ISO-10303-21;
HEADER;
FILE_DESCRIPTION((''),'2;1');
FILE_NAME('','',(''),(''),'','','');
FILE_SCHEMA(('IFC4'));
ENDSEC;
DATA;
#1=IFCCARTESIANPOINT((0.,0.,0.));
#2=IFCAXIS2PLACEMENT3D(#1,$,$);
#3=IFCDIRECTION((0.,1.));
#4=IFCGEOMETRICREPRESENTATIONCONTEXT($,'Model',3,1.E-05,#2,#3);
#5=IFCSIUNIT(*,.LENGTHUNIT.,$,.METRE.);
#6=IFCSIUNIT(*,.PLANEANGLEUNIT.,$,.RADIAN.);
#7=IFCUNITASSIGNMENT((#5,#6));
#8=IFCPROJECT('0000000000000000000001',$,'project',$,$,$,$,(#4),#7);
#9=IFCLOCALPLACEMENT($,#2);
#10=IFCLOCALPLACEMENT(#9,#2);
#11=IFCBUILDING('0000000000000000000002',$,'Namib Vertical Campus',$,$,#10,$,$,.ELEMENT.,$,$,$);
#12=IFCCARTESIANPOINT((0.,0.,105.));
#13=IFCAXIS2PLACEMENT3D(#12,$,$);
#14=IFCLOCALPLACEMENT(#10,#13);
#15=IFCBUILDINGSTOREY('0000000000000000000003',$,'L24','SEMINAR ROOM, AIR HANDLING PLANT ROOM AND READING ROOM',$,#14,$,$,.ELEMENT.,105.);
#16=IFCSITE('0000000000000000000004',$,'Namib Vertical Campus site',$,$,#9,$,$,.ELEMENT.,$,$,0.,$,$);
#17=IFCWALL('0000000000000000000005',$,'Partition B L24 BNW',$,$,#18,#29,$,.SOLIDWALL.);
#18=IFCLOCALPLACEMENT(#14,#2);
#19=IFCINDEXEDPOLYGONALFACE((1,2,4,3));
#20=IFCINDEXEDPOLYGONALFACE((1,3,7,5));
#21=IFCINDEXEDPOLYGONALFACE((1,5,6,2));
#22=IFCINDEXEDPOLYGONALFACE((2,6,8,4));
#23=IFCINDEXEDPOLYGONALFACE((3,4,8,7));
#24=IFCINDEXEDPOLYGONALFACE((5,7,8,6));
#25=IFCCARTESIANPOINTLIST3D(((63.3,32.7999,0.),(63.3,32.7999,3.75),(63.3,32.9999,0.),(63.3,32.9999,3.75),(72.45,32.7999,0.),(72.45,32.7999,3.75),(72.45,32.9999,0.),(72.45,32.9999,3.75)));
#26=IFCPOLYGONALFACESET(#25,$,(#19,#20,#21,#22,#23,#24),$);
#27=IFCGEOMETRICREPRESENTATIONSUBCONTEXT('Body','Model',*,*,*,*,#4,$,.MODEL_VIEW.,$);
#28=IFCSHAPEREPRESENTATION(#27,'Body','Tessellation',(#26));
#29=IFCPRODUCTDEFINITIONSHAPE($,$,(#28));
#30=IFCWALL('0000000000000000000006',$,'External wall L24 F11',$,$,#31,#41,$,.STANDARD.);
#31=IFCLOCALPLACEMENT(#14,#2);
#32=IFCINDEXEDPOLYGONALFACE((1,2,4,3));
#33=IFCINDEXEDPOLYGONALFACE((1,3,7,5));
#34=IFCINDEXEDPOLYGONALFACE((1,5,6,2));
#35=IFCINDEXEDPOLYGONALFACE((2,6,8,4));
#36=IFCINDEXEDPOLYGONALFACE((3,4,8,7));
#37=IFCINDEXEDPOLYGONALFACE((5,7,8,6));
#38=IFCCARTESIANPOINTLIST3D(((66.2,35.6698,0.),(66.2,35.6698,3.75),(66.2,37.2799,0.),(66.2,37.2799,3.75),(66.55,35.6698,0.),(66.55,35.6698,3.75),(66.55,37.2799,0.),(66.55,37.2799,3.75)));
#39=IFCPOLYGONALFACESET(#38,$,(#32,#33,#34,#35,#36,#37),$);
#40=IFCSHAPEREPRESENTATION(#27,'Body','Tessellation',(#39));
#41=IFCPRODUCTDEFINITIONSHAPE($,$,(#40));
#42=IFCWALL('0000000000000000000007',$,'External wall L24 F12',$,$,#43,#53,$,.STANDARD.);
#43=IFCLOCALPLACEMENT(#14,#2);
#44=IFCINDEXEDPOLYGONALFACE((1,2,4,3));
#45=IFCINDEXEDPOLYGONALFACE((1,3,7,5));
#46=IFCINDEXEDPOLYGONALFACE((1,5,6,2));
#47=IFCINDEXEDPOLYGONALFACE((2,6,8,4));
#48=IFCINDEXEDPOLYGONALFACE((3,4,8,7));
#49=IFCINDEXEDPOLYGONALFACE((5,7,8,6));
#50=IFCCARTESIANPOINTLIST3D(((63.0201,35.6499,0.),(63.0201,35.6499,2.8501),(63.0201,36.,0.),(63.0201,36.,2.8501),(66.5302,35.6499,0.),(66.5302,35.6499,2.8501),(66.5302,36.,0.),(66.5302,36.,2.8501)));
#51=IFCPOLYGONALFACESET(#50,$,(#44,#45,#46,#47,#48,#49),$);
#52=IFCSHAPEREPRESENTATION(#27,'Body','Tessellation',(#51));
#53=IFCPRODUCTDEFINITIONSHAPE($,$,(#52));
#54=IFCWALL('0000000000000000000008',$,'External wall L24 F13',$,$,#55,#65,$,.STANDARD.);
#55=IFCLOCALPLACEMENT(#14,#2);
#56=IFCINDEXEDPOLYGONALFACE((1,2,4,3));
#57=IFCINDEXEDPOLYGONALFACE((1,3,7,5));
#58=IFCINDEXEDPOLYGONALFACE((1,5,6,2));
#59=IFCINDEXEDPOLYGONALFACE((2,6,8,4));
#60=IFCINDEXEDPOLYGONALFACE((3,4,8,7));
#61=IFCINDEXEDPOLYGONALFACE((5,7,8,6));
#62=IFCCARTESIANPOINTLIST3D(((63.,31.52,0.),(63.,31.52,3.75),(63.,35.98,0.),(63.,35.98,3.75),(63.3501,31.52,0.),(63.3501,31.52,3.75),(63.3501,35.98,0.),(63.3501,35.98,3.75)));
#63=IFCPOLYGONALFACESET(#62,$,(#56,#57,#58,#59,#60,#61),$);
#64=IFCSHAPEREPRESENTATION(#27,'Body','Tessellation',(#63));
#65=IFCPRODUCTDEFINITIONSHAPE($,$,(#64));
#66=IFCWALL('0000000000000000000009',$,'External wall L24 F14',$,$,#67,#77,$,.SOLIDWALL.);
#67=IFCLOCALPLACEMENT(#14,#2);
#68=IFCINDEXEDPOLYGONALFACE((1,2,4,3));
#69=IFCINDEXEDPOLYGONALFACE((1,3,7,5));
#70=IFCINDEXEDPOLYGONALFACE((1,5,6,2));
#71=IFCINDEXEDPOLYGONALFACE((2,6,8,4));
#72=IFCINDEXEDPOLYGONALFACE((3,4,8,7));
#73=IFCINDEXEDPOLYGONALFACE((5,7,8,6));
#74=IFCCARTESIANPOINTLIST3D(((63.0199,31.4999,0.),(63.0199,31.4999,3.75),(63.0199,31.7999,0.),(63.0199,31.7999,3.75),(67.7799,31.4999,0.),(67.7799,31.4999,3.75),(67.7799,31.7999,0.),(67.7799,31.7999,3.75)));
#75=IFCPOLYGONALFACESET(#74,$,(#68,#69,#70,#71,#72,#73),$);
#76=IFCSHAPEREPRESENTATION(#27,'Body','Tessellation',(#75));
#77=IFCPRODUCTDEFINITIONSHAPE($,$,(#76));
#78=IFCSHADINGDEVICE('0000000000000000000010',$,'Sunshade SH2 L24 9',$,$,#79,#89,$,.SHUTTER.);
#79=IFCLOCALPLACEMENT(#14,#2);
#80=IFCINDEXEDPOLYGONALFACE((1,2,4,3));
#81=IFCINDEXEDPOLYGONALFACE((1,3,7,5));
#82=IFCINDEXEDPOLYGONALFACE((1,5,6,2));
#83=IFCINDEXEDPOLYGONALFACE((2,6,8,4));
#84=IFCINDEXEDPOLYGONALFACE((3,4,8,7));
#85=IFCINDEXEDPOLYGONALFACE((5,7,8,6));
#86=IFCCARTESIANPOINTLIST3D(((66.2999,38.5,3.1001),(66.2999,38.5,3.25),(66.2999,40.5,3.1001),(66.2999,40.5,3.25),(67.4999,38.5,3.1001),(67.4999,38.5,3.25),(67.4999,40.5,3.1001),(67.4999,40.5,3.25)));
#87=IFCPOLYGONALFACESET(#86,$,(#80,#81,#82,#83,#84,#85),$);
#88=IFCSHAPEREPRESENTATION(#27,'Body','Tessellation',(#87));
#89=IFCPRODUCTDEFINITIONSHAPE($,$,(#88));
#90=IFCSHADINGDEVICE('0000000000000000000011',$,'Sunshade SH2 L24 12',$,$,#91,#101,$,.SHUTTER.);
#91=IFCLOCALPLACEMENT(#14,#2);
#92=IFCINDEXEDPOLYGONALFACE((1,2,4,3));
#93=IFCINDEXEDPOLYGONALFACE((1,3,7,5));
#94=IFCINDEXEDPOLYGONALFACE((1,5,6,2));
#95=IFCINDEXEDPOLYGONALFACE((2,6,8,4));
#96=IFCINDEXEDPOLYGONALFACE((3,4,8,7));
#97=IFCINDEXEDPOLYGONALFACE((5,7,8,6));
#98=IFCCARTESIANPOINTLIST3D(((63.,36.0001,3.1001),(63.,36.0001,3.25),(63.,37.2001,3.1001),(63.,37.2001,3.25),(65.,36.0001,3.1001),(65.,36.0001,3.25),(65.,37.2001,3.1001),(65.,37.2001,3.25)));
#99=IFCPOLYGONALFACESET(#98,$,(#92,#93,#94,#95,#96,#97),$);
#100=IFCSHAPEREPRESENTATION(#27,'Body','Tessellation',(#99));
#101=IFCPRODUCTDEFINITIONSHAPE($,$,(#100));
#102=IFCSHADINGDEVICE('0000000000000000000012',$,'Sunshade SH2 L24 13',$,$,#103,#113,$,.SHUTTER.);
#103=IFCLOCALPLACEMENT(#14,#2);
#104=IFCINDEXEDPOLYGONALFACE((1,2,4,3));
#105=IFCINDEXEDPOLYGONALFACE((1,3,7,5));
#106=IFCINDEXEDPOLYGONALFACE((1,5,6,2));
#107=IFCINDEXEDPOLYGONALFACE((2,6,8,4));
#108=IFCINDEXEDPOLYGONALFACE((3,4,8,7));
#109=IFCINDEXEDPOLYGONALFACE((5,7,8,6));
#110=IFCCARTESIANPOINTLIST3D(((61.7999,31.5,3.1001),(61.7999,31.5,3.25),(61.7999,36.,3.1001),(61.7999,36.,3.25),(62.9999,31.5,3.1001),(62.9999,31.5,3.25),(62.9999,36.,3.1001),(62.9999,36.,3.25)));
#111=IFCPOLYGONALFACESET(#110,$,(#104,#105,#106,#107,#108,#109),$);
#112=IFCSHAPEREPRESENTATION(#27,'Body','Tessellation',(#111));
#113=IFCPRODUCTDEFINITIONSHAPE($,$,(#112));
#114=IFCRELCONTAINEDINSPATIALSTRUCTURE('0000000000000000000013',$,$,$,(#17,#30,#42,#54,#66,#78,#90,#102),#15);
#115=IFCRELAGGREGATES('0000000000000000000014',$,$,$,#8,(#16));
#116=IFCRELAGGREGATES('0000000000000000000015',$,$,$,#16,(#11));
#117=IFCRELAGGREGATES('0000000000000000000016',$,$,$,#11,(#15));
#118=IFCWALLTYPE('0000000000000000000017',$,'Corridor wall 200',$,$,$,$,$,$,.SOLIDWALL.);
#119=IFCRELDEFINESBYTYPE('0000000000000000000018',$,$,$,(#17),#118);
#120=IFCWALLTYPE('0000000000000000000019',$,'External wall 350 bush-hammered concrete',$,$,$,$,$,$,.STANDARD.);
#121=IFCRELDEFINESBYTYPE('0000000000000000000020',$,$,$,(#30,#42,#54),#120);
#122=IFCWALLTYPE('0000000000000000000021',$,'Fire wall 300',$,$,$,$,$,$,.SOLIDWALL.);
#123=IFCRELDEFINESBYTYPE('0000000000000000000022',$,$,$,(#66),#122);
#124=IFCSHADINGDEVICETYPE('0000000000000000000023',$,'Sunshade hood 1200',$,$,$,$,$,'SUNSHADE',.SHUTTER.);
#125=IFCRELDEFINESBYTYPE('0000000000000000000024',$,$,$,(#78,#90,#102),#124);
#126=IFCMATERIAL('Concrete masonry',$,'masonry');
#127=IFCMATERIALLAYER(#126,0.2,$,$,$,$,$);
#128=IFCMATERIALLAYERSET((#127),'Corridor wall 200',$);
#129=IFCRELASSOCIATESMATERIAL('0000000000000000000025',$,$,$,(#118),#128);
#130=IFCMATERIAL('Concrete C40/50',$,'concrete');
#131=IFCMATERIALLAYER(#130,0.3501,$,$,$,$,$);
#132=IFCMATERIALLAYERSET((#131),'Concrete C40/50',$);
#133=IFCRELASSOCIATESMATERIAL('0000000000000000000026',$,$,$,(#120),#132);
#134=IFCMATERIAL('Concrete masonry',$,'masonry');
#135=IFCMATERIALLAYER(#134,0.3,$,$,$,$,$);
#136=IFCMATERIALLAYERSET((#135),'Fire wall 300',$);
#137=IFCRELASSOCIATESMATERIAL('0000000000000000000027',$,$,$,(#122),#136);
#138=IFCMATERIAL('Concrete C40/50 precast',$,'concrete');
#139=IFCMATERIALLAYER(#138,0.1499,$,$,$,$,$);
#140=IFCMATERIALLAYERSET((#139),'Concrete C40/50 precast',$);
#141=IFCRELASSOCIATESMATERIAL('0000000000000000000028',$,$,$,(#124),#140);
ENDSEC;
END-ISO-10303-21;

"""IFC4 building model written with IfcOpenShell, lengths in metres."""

from ifc_helpers import new_model, si_unit, direction, frame, frame_2d, origin, origin_2d, place, context, subcontext, project, spatial, rectangle, extrude, material, layer, layer_set, type_object, element, save


model = new_model("IFC4")

# Units and contexts
model_context = context("Model", 3, precision=1e-05, world=origin(), true_north=direction((0.0, 1.0)))
body_context = subcontext(model_context, "Body", "Model", "MODEL_VIEW")
ifc_project = project(units=[si_unit("LENGTHUNIT", "METRE"), si_unit("PLANEANGLEUNIT", "RADIAN")], contexts=[model_context])

# Site, building, storey
site_placement = place(None, origin())
site = spatial("IfcSite", under=ifc_project, at=site_placement, Name="Namib Vertical Campus site", CompositionType="ELEMENT", RefElevation=0.0)
building_placement = place(site_placement, origin())
building = spatial("IfcBuilding", under=site, at=building_placement, Name="Namib Vertical Campus", CompositionType="ELEMENT")
storey_placement = place(building_placement, frame((0.0, 0.0, 105.0)))
storey = spatial("IfcBuildingStorey", under=building, at=storey_placement, Name="L24", Description="SEMINAR ROOM, AIR HANDLING PLANT ROOM AND READING ROOM", CompositionType="ELEMENT", Elevation=105.0)

# Walls
ifc_material_1 = material(Name="Concrete masonry", Category="masonry")
ifc_layer_1 = layer(ifc_material_1, 0.2)
ifc_layer_set_1 = layer_set([ifc_layer_1], Name="Corridor wall 200")
wall_type_1 = type_object("IfcWallType", Name="Corridor wall 200", PredefinedType="SOLIDWALL", material=ifc_layer_set_1)
wall_1_placement = place(storey_placement, frame((63.3, 32.8999, 0.0), z_axis=(0.0, 0.0, 1.0), x_axis=(1.0, 0.0, 0.0)))
element("IfcWall", 1, at=wall_1_placement, inside=storey, type_object=wall_type_1, Name="Partition B L24 BNW", PredefinedType="SOLIDWALL", context=body_context, shape_type="SweptSolid", body=[
    extrude(rectangle(XDim=9.1499, YDim=0.2, at=frame_2d((4.575, 0.0))), origin(), (0.0, 0.0, 1.0), 3.75),
])
ifc_material_2 = material(Name="Concrete C40/50", Category="concrete")
ifc_layer_2 = layer(ifc_material_2, 0.3501)
ifc_layer_set_2 = layer_set([ifc_layer_2], Name="Concrete C40/50")
wall_type_2 = type_object("IfcWallType", Name="External wall 350 bush-hammered concrete", PredefinedType="STANDARD", material=ifc_layer_set_2)
wall_2_placement = place(storey_placement, frame((66.375, 37.28, 0.0), z_axis=(0.0, 0.0, 1.0), x_axis=(0.0, -1.0, 0.0)))
element("IfcWall", 2, at=wall_2_placement, inside=storey, type_object=wall_type_2, Name="External wall L24 F11", PredefinedType="STANDARD", context=body_context, shape_type="SweptSolid", body=[
    extrude(rectangle(XDim=1.6101, YDim=0.3501, at=frame_2d((0.8052, 0.0))), origin(), (0.0, 0.0, 1.0), 3.75),
])
wall_3_placement = place(storey_placement, frame((66.53, 35.825, 0.0), z_axis=(0.0, 0.0, 1.0), x_axis=(-1.0, 0.0, 0.0)))
element("IfcWall", 3, at=wall_3_placement, inside=storey, type_object=wall_type_2, Name="External wall L24 F12", PredefinedType="STANDARD", context=body_context, shape_type="SweptSolid", body=[
    extrude(rectangle(XDim=3.51, YDim=0.3501, at=frame_2d((1.7549, 0.0))), origin(), (0.0, 0.0, 1.0), 2.8501),
])
wall_4_placement = place(storey_placement, frame((63.175, 35.98, 0.0), z_axis=(0.0, 0.0, 1.0), x_axis=(0.0, -1.0, 0.0)))
element("IfcWall", 4, at=wall_4_placement, inside=storey, type_object=wall_type_2, Name="External wall L24 F13", PredefinedType="STANDARD", context=body_context, shape_type="SweptSolid", body=[
    extrude(rectangle(XDim=4.46, YDim=0.3501, at=frame_2d((2.23, 0.0))), origin(), (0.0, 0.0, 1.0), 3.75),
])
ifc_material_3 = material(Name="Concrete masonry", Category="masonry")
ifc_layer_3 = layer(ifc_material_3, 0.3)
ifc_layer_set_3 = layer_set([ifc_layer_3], Name="Fire wall 300")
wall_type_3 = type_object("IfcWallType", Name="Fire wall 300", PredefinedType="SOLIDWALL", material=ifc_layer_set_3)
wall_5_placement = place(storey_placement, frame((63.02, 31.6499, 0.0), z_axis=(0.0, 0.0, 1.0), x_axis=(1.0, 0.0, 0.0)))
element("IfcWall", 5, at=wall_5_placement, inside=storey, type_object=wall_type_3, Name="External wall L24 F14", PredefinedType="SOLIDWALL", context=body_context, shape_type="SweptSolid", body=[
    extrude(rectangle(XDim=4.76, YDim=0.3, at=frame_2d((2.3799, 0.0))), origin(), (0.0, 0.0, 1.0), 3.75),
])

# Shading devices
ifc_material_4 = material(Name="Concrete C40/50 precast", Category="concrete")
ifc_layer_4 = layer(ifc_material_4, 0.1499)
ifc_layer_set_4 = layer_set([ifc_layer_4], Name="Concrete C40/50 precast")
shading_device_type = type_object("IfcShadingDeviceType", Name="Sunshade hood 1200", ElementType="SUNSHADE", PredefinedType="SHUTTER", material=ifc_layer_set_4)
for number, where, z_axis, x_axis, name in (
    (6, (66.8999, 39.5, 3.1001), (0.0, 0.0, 1.0), (0.0, -1.0, 0.0), "Sunshade SH2 L24 9"),
    (7, (64.0, 36.6001, 3.1001), (0.0, 0.0, 1.0), (-1.0, 0.0, 0.0), "Sunshade SH2 L24 12"),
):
    element("IfcShadingDevice", number, at=place(storey_placement, frame(where, z_axis=z_axis, x_axis=x_axis)), inside=storey, type_object=shading_device_type, Name=name, PredefinedType="SHUTTER", context=body_context, shape_type="SweptSolid", body=[
        extrude(rectangle(XDim=2.0, YDim=1.2, at=origin_2d()), origin(), (0.0, 0.0, 1.0), 0.1499),
    ])
shading_device_placement = place(storey_placement, frame((62.3999, 33.75, 3.1001), z_axis=(0.0, 0.0, 1.0), x_axis=(0.0, -1.0, 0.0)))
element("IfcShadingDevice", 8, at=shading_device_placement, inside=storey, type_object=shading_device_type, Name="Sunshade SH2 L24 13", PredefinedType="SHUTTER", context=body_context, shape_type="SweptSolid", body=[
    extrude(rectangle(XDim=4.5, YDim=1.2, at=origin_2d()), origin(), (0.0, 0.0, 1.0), 0.1499),
])

save(model, "model.ifc")
